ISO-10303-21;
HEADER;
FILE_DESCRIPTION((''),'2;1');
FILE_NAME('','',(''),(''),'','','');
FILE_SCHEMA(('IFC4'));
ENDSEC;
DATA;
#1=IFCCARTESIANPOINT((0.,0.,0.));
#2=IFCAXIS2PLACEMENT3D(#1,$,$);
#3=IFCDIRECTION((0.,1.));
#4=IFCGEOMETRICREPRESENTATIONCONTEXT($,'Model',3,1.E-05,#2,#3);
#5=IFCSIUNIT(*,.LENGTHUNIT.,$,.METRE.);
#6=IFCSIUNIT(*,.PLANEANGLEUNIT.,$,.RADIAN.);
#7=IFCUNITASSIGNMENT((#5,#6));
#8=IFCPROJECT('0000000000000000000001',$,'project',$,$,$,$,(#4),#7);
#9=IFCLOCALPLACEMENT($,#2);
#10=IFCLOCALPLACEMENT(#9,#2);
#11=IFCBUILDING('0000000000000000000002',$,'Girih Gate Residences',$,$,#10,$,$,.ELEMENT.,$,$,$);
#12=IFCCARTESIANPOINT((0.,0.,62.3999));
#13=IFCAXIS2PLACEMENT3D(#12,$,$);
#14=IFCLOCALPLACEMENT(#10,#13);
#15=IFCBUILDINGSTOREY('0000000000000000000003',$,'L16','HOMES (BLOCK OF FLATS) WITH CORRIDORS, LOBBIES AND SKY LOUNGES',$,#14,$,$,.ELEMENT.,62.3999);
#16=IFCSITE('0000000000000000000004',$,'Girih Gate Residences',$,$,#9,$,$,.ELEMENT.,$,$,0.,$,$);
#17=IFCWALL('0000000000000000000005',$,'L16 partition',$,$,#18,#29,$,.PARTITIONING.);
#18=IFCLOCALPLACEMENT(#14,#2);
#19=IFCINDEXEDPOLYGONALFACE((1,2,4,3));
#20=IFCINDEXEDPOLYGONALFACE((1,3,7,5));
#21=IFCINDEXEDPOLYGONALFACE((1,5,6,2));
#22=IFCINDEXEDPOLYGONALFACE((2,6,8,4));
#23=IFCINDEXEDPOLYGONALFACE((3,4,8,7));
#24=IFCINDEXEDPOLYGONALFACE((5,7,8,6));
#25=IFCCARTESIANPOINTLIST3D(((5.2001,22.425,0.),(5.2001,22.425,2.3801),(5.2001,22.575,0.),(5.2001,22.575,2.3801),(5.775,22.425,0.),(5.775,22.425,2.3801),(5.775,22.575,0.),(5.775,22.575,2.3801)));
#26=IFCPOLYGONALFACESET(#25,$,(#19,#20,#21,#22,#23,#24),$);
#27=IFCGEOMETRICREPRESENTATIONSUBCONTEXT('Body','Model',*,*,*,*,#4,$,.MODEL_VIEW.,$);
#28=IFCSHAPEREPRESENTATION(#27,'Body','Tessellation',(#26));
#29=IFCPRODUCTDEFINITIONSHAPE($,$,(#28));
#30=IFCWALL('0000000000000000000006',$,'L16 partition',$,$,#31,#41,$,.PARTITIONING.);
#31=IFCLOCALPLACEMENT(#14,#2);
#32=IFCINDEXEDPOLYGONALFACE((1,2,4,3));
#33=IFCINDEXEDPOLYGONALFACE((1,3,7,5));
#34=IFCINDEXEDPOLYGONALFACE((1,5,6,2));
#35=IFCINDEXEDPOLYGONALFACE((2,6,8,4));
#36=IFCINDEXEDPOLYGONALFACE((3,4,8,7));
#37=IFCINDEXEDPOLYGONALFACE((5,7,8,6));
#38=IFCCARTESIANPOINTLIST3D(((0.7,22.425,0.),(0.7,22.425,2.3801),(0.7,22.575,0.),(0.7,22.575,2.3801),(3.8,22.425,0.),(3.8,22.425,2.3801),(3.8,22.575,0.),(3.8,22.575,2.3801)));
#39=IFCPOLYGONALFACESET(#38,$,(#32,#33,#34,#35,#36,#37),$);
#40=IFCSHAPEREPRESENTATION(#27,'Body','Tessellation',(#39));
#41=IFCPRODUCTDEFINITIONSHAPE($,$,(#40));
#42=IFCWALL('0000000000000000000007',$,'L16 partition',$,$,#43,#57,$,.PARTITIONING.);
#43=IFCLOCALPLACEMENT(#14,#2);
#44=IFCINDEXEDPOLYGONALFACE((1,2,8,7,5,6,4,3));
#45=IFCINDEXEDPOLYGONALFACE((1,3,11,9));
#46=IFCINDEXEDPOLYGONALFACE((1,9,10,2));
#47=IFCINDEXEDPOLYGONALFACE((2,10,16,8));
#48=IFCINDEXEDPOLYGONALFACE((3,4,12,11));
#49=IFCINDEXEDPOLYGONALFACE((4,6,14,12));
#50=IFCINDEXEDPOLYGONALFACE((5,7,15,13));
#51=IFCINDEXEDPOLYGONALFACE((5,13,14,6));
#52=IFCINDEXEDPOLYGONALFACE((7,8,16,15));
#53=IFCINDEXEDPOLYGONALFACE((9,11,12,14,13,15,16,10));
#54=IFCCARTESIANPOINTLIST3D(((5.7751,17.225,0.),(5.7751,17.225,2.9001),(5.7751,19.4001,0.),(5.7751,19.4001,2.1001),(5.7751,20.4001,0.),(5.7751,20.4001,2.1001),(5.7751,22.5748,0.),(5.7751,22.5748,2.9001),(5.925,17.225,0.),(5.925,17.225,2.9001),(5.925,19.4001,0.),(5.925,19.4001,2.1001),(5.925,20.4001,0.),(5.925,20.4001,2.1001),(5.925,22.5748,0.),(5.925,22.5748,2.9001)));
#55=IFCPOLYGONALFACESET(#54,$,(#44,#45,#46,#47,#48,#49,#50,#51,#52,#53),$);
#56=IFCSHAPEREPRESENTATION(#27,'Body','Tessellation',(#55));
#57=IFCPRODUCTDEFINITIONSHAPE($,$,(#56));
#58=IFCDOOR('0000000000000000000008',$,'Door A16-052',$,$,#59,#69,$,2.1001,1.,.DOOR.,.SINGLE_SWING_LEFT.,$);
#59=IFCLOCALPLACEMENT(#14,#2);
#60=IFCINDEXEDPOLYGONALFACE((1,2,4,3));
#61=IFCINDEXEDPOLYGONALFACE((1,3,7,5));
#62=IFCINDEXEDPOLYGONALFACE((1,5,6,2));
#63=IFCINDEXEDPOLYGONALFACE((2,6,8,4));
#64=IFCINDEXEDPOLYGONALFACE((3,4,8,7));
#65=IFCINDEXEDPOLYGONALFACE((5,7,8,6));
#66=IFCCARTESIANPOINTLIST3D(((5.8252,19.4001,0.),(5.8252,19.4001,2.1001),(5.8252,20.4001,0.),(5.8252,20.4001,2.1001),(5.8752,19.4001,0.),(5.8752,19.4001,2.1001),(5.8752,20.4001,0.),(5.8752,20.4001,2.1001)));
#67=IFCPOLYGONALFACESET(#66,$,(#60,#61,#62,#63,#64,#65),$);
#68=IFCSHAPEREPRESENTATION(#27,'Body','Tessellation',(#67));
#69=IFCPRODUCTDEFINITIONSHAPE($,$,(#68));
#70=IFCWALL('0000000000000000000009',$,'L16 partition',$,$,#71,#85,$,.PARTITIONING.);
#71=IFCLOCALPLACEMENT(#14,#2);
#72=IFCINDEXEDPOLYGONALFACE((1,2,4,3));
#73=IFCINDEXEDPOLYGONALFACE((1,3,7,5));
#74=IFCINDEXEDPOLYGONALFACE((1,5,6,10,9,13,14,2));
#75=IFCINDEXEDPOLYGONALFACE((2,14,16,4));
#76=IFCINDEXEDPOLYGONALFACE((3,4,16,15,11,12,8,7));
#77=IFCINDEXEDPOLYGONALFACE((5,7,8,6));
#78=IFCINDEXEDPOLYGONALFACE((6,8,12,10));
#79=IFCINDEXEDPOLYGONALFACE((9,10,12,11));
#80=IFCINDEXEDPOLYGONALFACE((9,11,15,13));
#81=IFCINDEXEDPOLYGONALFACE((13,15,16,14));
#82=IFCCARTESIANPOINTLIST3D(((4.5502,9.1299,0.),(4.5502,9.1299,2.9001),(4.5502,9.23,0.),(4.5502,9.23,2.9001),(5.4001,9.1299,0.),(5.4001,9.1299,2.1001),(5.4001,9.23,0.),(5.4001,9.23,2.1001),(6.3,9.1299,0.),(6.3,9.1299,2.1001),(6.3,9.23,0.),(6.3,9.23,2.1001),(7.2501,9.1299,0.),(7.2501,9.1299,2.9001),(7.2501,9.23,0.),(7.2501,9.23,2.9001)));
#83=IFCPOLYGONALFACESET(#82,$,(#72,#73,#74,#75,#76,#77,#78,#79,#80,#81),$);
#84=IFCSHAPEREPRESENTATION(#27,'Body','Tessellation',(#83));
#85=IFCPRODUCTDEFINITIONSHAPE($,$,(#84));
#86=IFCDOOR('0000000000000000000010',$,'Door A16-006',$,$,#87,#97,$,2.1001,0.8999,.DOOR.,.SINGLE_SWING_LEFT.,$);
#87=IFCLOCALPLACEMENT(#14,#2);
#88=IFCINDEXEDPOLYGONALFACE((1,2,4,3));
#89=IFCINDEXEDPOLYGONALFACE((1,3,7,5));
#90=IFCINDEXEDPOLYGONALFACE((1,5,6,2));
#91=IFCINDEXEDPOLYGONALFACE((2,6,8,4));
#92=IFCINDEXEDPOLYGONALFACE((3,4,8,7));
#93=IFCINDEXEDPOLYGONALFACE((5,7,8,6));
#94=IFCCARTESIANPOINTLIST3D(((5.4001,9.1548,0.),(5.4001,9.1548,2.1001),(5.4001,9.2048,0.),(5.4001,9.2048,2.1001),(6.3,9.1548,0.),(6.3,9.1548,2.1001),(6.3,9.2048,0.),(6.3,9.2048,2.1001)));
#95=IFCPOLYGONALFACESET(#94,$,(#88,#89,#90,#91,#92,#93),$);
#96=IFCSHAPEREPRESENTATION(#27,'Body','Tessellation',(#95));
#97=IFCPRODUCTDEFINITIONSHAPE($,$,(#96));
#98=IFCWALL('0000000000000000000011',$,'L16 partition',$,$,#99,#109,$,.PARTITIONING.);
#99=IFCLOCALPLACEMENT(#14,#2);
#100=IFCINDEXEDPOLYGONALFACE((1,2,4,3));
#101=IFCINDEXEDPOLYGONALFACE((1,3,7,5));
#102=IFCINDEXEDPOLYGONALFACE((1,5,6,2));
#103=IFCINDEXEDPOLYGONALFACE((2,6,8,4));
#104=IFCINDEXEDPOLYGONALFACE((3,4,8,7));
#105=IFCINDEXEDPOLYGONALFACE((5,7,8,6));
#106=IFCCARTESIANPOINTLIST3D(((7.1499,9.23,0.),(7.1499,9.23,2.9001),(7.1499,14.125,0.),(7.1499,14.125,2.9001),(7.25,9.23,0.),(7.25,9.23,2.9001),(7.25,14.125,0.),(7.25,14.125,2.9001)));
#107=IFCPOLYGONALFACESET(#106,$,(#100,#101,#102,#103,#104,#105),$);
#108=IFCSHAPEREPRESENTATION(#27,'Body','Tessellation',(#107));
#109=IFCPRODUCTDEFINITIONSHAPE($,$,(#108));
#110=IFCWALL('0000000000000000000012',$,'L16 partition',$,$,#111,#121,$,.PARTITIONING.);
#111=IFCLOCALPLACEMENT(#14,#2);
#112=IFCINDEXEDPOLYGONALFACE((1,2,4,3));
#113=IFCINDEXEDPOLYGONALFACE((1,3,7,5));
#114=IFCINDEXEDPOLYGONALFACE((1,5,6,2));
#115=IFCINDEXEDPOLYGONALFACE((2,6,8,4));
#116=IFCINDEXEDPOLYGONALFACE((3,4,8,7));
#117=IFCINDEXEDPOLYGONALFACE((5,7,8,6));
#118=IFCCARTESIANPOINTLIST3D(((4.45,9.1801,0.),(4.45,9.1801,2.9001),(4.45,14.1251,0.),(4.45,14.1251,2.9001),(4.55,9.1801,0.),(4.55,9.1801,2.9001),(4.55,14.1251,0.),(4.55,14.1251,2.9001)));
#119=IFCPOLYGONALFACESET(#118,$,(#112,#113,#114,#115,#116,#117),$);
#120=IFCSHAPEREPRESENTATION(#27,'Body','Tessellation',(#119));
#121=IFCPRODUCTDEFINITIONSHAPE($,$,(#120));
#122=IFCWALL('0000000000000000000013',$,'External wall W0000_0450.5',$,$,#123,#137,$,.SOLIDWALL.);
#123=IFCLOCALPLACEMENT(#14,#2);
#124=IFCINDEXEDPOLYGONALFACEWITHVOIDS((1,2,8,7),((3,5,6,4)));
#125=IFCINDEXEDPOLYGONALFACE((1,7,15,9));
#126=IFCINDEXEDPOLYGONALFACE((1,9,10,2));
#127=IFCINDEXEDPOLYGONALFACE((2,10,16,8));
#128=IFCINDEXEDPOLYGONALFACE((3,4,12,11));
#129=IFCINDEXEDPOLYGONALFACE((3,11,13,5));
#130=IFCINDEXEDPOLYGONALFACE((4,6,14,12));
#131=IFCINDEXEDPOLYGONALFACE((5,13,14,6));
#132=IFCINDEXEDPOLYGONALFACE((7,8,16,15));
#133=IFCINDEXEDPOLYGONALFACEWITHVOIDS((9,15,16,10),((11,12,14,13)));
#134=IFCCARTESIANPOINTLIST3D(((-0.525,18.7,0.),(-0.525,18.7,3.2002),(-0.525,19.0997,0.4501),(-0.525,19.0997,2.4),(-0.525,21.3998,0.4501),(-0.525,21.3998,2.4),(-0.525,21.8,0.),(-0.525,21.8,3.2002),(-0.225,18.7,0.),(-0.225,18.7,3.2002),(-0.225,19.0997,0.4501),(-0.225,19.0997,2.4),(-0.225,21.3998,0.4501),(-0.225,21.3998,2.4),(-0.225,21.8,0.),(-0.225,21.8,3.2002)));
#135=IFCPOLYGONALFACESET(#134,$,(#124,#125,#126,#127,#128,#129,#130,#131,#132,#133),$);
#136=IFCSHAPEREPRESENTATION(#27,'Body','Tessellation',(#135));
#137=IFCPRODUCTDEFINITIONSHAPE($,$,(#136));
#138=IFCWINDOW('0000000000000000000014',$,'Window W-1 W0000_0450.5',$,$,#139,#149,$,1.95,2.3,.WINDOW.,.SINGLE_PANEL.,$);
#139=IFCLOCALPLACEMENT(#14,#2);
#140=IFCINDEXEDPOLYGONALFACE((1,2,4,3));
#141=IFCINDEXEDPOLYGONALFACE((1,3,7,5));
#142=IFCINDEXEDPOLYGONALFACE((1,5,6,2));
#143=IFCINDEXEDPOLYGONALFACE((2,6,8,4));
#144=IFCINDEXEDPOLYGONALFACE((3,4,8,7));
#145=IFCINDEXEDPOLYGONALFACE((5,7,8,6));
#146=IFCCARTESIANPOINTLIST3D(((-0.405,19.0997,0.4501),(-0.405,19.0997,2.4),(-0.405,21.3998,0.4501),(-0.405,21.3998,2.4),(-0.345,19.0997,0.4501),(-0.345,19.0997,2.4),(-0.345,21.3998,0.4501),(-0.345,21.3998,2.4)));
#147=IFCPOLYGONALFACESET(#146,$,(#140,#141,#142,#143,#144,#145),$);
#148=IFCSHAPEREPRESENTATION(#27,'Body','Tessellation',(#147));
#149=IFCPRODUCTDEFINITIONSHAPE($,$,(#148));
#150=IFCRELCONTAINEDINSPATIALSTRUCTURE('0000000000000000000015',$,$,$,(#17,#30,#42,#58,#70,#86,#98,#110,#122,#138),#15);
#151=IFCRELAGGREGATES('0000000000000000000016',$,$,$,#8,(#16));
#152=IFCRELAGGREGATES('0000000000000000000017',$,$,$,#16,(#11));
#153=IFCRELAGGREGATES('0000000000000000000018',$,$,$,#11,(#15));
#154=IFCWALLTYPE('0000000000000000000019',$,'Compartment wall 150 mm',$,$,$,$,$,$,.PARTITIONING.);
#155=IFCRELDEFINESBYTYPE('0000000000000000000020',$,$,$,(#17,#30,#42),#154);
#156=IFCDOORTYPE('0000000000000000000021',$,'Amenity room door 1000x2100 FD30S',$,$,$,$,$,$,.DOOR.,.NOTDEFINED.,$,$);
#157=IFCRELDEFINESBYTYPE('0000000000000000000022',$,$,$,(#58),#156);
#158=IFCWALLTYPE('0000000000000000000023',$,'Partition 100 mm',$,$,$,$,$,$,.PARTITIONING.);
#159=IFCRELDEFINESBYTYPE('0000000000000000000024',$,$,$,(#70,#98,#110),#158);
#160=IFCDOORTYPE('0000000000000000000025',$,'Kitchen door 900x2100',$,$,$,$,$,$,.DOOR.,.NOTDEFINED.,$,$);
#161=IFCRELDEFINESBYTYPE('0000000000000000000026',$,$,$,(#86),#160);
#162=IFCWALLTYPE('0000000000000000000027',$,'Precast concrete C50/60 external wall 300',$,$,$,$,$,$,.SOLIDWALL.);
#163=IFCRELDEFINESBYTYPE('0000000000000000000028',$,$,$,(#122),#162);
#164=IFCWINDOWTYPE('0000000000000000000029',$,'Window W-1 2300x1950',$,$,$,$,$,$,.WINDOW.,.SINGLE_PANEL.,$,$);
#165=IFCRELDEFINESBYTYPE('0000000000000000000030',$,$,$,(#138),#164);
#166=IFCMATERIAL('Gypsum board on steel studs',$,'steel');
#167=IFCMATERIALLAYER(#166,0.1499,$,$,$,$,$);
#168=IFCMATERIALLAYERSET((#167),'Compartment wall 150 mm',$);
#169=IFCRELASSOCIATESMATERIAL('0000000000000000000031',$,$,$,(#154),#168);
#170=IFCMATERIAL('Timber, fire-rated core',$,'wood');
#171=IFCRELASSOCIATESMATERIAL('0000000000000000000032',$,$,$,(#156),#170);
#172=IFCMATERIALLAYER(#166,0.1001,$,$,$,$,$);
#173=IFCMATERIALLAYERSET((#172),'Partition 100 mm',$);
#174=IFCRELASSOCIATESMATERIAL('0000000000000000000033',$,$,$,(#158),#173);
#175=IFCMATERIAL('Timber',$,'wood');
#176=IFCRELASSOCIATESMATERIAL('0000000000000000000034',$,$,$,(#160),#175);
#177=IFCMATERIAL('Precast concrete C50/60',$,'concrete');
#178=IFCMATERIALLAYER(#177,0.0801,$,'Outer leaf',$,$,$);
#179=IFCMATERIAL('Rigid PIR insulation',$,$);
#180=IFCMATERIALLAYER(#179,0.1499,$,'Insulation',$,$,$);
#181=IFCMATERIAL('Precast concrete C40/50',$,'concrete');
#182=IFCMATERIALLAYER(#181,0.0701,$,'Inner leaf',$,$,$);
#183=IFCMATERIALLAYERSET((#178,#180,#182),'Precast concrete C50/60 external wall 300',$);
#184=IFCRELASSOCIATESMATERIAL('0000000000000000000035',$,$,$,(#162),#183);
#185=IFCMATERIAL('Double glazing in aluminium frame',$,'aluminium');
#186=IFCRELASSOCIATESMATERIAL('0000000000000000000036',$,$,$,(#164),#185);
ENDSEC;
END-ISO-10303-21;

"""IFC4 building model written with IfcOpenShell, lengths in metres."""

from ifc_helpers import new_model, si_unit, direction, frame, frame_2d, origin, place, context, subcontext, project, spatial, rectangle, extrude, material, layer, layer_set, type_object, element, fill, save


model = new_model("IFC4")

# Units and contexts
model_context = context("Model", 3, precision=1e-05, world=origin(), true_north=direction((0.0, 1.0)))
body_context = subcontext(model_context, "Body", "Model", "MODEL_VIEW")
ifc_project = project(units=[si_unit("LENGTHUNIT", "METRE"), si_unit("PLANEANGLEUNIT", "RADIAN")], contexts=[model_context])

# Site, building, storey
site_placement = place(None, origin())
site = spatial("IfcSite", under=ifc_project, at=site_placement, Name="Girih Gate Residences", CompositionType="ELEMENT", RefElevation=0.0)
building_placement = place(site_placement, origin())
building = spatial("IfcBuilding", under=site, at=building_placement, Name="Girih Gate Residences", CompositionType="ELEMENT")
storey_placement = place(building_placement, frame((0.0, 0.0, 62.3999)))
storey = spatial("IfcBuildingStorey", under=building, at=storey_placement, Name="L16", Description="HOMES (BLOCK OF FLATS) WITH CORRIDORS, LOBBIES AND SKY LOUNGES", CompositionType="ELEMENT", Elevation=62.3999)

# Shared definitions
ifc_material_1 = material(Name="Gypsum board on steel studs", Category="steel")
ifc_layer_1 = layer(ifc_material_1, 0.1499)
ifc_layer_set_1 = layer_set([ifc_layer_1], Name="Compartment wall 150 mm")
wall_type_1 = type_object("IfcWallType", Name="Compartment wall 150 mm", PredefinedType="PARTITIONING", material=ifc_layer_set_1)

# Shared definitions
ifc_material_2 = material(Name="Timber", Category="wood")

# Walls
wall_1_placement = place(storey_placement, frame((5.2, 22.5, 0.0), z_axis=(0.0, 0.0, 1.0), x_axis=(1.0, 0.0, 0.0)))
element("IfcWall", 1, at=wall_1_placement, inside=storey, type_object=wall_type_1, Name="L16 partition", PredefinedType="PARTITIONING", context=body_context, shape_type="SweptSolid", body=[
    extrude(rectangle(XDim=0.575, YDim=0.1499, at=frame_2d((0.2876, 0.0))), origin(), (0.0, 0.0, 1.0), 2.3801),
])
wall_2_placement = place(storey_placement, frame((0.7, 22.5, 0.0), z_axis=(0.0, 0.0, 1.0), x_axis=(1.0, 0.0, 0.0)))
element("IfcWall", 2, at=wall_2_placement, inside=storey, type_object=wall_type_1, Name="L16 partition", PredefinedType="PARTITIONING", context=body_context, shape_type="SweptSolid", body=[
    extrude(rectangle(XDim=3.1001, YDim=0.1499, at=frame_2d((1.55, 0.0))), origin(), (0.0, 0.0, 1.0), 2.3801),
])

# Walls, openings, doors
wall_3_placement = place(storey_placement, frame((5.8501, 17.2251, 0.0), z_axis=(0.0, 0.0, 1.0), x_axis=(0.0, 1.0, 0.0)))
wall_3 = element("IfcWall", 3, at=wall_3_placement, inside=storey, type_object=wall_type_1, Name="L16 partition", PredefinedType="PARTITIONING", context=body_context, shape_type="SweptSolid", body=[
    extrude(rectangle(XDim=5.3499, YDim=0.1499, at=frame_2d((2.6748, 0.0))), origin(), (0.0, 0.0, 1.0), 2.9001),
])
opening_1_placement = place(wall_3_placement, frame((2.175, 0.0, 0.0)))
opening_1 = element("IfcOpeningElement", 4, at=opening_1_placement, cuts=wall_3, PredefinedType="OPENING", context=body_context, shape_type="SweptSolid", body=[
    extrude(rectangle(XDim=1.0, YDim=2.1001, at=frame_2d((0.5, 1.05))), frame((0.0, 0.085, 0.0), z_axis=(0.0, -1.0, 0.0), x_axis=(1.0, 0.0, 0.0)), (0.0, 0.0, 1.0), 0.1699),
])
ifc_material_3 = material(Name="Timber, fire-rated core", Category="wood")
door_type_1 = type_object("IfcDoorType", Name="Amenity room door 1000x2100 FD30S", OperationType="NOTDEFINED", PredefinedType="DOOR", material=ifc_material_3)
door_1_placement = place(opening_1_placement, origin())
door_1 = element("IfcDoor", 5, at=door_1_placement, inside=storey, type_object=door_type_1, Name="Door A16-052", OperationType="SINGLE_SWING_LEFT", OverallHeight=2.1001, OverallWidth=1.0, PredefinedType="DOOR", context=body_context, shape_type="SweptSolid", body=[
    extrude(rectangle(XDim=1.0, YDim=2.1001, at=frame_2d((0.5, 1.05))), frame((0.0, 0.0249, 0.0), z_axis=(0.0, -1.0, 0.0), x_axis=(1.0, 0.0, 0.0)), (0.0, 0.0, 1.0), 0.05),
])
fill(opening_1, door_1)
ifc_layer_2 = layer(ifc_material_1, 0.1001)
ifc_layer_set_2 = layer_set([ifc_layer_2], Name="Partition 100 mm")
wall_type_2 = type_object("IfcWallType", Name="Partition 100 mm", PredefinedType="PARTITIONING", material=ifc_layer_set_2)
wall_4_placement = place(storey_placement, frame((4.55, 9.1799, 0.0), z_axis=(0.0, 0.0, 1.0), x_axis=(1.0, 0.0, 0.0)))
wall_4 = element("IfcWall", 6, at=wall_4_placement, inside=storey, type_object=wall_type_2, Name="L16 partition", PredefinedType="PARTITIONING", context=body_context, shape_type="SweptSolid", body=[
    extrude(rectangle(XDim=2.7, YDim=0.1001, at=frame_2d((1.3501, 0.0))), origin(), (0.0, 0.0, 1.0), 2.9001),
])
opening_2_placement = place(wall_4_placement, frame((0.8501, 0.0, 0.0)))
opening_2 = element("IfcOpeningElement", 7, at=opening_2_placement, cuts=wall_4, PredefinedType="OPENING", context=body_context, shape_type="SweptSolid", body=[
    extrude(rectangle(XDim=0.8999, YDim=2.1001, at=frame_2d((0.45, 1.05))), frame((0.0, 0.0601, 0.0), z_axis=(0.0, -1.0, 0.0), x_axis=(1.0, 0.0, 0.0)), (0.0, 0.0, 1.0), 0.1201),
])
door_type_2 = type_object("IfcDoorType", Name="Kitchen door 900x2100", OperationType="NOTDEFINED", PredefinedType="DOOR", material=ifc_material_2)
door_2_placement = place(opening_2_placement, origin())
door_2 = element("IfcDoor", 8, at=door_2_placement, inside=storey, type_object=door_type_2, Name="Door A16-006", OperationType="SINGLE_SWING_LEFT", OverallHeight=2.1001, OverallWidth=0.8999, PredefinedType="DOOR", context=body_context, shape_type="SweptSolid", body=[
    extrude(rectangle(XDim=0.8999, YDim=2.1001, at=frame_2d((0.45, 1.05))), frame((0.0, 0.0249, 0.0), z_axis=(0.0, -1.0, 0.0), x_axis=(1.0, 0.0, 0.0)), (0.0, 0.0, 1.0), 0.05),
])
fill(opening_2, door_2)

# Walls
wall_5_placement = place(storey_placement, frame((7.2, 9.23, 0.0), z_axis=(0.0, 0.0, 1.0), x_axis=(0.0, 1.0, 0.0)))
element("IfcWall", 9, at=wall_5_placement, inside=storey, type_object=wall_type_2, Name="L16 partition", PredefinedType="PARTITIONING", context=body_context, shape_type="SweptSolid", body=[
    extrude(rectangle(XDim=4.895, YDim=0.1001, at=frame_2d((2.4475, 0.0))), origin(), (0.0, 0.0, 1.0), 2.9001),
])
wall_6_placement = place(storey_placement, frame((4.5, 9.1799, 0.0), z_axis=(0.0, 0.0, 1.0), x_axis=(0.0, 1.0, 0.0)))
element("IfcWall", 10, at=wall_6_placement, inside=storey, type_object=wall_type_2, Name="L16 partition", PredefinedType="PARTITIONING", context=body_context, shape_type="SweptSolid", body=[
    extrude(rectangle(XDim=4.9451, YDim=0.1001, at=frame_2d((2.4727, 0.0))), origin(), (0.0, 0.0, 1.0), 2.9001),
])

# Wall, opening, window
ifc_material_4 = material(Name="Precast concrete C50/60", Category="concrete")
ifc_layer_3 = layer(ifc_material_4, 0.0801, Name="Outer leaf")
ifc_material_5 = material(Name="Rigid PIR insulation")
ifc_layer_4 = layer(ifc_material_5, 0.1499, Name="Insulation")
ifc_material_6 = material(Name="Precast concrete C40/50", Category="concrete")
ifc_layer_5 = layer(ifc_material_6, 0.0701, Name="Inner leaf")
ifc_layer_set_3 = layer_set([ifc_layer_3, ifc_layer_4, ifc_layer_5], Name="Precast concrete C50/60 external wall 300")
wall_type_3 = type_object("IfcWallType", Name="Precast concrete C50/60 external wall 300", PredefinedType="SOLIDWALL", material=ifc_layer_set_3)
wall_7_placement = place(storey_placement, frame((-0.375, 18.7, 0.0), z_axis=(0.0, 0.0, 1.0), x_axis=(0.0, 1.0, 0.0)))
wall_7 = element("IfcWall", 11, at=wall_7_placement, inside=storey, type_object=wall_type_3, Name="External wall W0000_0450.5", PredefinedType="SOLIDWALL", context=body_context, shape_type="SweptSolid", body=[
    extrude(rectangle(XDim=3.1001, YDim=0.3, at=frame_2d((1.55, 0.0))), origin(), (0.0, 0.0, 1.0), 3.2002),
])
opening_3_placement = place(wall_7_placement, frame((0.3999, 0.0, 0.45)))
opening_3 = element("IfcOpeningElement", 12, at=opening_3_placement, cuts=wall_7, PredefinedType="OPENING", context=body_context, shape_type="SweptSolid", body=[
    extrude(rectangle(XDim=2.3, YDim=1.95, at=frame_2d((1.1499, 0.9751))), frame((0.0, 0.1599, 0.0), z_axis=(0.0, -1.0, 0.0), x_axis=(1.0, 0.0, 0.0)), (0.0, 0.0, 1.0), 0.3201),
])
ifc_material_7 = material(Name="Double glazing in aluminium frame", Category="aluminium")
window_type = type_object("IfcWindowType", Name="Window W-1 2300x1950", PartitioningType="SINGLE_PANEL", PredefinedType="WINDOW", material=ifc_material_7)
window_1_placement = place(opening_3_placement, origin())
window_1 = element("IfcWindow", 13, at=window_1_placement, inside=storey, type_object=window_type, Name="Window W-1 W0000_0450.5", OverallHeight=1.95, OverallWidth=2.3, PartitioningType="SINGLE_PANEL", PredefinedType="WINDOW", context=body_context, shape_type="SweptSolid", body=[
    extrude(rectangle(XDim=2.3, YDim=1.95, at=frame_2d((1.1499, 0.9751))), frame((0.0, 0.03, 0.0), z_axis=(0.0, -1.0, 0.0), x_axis=(1.0, 0.0, 0.0)), (0.0, 0.0, 1.0), 0.0601),
])
fill(opening_3, window_1)

save(model, "model.ifc")
